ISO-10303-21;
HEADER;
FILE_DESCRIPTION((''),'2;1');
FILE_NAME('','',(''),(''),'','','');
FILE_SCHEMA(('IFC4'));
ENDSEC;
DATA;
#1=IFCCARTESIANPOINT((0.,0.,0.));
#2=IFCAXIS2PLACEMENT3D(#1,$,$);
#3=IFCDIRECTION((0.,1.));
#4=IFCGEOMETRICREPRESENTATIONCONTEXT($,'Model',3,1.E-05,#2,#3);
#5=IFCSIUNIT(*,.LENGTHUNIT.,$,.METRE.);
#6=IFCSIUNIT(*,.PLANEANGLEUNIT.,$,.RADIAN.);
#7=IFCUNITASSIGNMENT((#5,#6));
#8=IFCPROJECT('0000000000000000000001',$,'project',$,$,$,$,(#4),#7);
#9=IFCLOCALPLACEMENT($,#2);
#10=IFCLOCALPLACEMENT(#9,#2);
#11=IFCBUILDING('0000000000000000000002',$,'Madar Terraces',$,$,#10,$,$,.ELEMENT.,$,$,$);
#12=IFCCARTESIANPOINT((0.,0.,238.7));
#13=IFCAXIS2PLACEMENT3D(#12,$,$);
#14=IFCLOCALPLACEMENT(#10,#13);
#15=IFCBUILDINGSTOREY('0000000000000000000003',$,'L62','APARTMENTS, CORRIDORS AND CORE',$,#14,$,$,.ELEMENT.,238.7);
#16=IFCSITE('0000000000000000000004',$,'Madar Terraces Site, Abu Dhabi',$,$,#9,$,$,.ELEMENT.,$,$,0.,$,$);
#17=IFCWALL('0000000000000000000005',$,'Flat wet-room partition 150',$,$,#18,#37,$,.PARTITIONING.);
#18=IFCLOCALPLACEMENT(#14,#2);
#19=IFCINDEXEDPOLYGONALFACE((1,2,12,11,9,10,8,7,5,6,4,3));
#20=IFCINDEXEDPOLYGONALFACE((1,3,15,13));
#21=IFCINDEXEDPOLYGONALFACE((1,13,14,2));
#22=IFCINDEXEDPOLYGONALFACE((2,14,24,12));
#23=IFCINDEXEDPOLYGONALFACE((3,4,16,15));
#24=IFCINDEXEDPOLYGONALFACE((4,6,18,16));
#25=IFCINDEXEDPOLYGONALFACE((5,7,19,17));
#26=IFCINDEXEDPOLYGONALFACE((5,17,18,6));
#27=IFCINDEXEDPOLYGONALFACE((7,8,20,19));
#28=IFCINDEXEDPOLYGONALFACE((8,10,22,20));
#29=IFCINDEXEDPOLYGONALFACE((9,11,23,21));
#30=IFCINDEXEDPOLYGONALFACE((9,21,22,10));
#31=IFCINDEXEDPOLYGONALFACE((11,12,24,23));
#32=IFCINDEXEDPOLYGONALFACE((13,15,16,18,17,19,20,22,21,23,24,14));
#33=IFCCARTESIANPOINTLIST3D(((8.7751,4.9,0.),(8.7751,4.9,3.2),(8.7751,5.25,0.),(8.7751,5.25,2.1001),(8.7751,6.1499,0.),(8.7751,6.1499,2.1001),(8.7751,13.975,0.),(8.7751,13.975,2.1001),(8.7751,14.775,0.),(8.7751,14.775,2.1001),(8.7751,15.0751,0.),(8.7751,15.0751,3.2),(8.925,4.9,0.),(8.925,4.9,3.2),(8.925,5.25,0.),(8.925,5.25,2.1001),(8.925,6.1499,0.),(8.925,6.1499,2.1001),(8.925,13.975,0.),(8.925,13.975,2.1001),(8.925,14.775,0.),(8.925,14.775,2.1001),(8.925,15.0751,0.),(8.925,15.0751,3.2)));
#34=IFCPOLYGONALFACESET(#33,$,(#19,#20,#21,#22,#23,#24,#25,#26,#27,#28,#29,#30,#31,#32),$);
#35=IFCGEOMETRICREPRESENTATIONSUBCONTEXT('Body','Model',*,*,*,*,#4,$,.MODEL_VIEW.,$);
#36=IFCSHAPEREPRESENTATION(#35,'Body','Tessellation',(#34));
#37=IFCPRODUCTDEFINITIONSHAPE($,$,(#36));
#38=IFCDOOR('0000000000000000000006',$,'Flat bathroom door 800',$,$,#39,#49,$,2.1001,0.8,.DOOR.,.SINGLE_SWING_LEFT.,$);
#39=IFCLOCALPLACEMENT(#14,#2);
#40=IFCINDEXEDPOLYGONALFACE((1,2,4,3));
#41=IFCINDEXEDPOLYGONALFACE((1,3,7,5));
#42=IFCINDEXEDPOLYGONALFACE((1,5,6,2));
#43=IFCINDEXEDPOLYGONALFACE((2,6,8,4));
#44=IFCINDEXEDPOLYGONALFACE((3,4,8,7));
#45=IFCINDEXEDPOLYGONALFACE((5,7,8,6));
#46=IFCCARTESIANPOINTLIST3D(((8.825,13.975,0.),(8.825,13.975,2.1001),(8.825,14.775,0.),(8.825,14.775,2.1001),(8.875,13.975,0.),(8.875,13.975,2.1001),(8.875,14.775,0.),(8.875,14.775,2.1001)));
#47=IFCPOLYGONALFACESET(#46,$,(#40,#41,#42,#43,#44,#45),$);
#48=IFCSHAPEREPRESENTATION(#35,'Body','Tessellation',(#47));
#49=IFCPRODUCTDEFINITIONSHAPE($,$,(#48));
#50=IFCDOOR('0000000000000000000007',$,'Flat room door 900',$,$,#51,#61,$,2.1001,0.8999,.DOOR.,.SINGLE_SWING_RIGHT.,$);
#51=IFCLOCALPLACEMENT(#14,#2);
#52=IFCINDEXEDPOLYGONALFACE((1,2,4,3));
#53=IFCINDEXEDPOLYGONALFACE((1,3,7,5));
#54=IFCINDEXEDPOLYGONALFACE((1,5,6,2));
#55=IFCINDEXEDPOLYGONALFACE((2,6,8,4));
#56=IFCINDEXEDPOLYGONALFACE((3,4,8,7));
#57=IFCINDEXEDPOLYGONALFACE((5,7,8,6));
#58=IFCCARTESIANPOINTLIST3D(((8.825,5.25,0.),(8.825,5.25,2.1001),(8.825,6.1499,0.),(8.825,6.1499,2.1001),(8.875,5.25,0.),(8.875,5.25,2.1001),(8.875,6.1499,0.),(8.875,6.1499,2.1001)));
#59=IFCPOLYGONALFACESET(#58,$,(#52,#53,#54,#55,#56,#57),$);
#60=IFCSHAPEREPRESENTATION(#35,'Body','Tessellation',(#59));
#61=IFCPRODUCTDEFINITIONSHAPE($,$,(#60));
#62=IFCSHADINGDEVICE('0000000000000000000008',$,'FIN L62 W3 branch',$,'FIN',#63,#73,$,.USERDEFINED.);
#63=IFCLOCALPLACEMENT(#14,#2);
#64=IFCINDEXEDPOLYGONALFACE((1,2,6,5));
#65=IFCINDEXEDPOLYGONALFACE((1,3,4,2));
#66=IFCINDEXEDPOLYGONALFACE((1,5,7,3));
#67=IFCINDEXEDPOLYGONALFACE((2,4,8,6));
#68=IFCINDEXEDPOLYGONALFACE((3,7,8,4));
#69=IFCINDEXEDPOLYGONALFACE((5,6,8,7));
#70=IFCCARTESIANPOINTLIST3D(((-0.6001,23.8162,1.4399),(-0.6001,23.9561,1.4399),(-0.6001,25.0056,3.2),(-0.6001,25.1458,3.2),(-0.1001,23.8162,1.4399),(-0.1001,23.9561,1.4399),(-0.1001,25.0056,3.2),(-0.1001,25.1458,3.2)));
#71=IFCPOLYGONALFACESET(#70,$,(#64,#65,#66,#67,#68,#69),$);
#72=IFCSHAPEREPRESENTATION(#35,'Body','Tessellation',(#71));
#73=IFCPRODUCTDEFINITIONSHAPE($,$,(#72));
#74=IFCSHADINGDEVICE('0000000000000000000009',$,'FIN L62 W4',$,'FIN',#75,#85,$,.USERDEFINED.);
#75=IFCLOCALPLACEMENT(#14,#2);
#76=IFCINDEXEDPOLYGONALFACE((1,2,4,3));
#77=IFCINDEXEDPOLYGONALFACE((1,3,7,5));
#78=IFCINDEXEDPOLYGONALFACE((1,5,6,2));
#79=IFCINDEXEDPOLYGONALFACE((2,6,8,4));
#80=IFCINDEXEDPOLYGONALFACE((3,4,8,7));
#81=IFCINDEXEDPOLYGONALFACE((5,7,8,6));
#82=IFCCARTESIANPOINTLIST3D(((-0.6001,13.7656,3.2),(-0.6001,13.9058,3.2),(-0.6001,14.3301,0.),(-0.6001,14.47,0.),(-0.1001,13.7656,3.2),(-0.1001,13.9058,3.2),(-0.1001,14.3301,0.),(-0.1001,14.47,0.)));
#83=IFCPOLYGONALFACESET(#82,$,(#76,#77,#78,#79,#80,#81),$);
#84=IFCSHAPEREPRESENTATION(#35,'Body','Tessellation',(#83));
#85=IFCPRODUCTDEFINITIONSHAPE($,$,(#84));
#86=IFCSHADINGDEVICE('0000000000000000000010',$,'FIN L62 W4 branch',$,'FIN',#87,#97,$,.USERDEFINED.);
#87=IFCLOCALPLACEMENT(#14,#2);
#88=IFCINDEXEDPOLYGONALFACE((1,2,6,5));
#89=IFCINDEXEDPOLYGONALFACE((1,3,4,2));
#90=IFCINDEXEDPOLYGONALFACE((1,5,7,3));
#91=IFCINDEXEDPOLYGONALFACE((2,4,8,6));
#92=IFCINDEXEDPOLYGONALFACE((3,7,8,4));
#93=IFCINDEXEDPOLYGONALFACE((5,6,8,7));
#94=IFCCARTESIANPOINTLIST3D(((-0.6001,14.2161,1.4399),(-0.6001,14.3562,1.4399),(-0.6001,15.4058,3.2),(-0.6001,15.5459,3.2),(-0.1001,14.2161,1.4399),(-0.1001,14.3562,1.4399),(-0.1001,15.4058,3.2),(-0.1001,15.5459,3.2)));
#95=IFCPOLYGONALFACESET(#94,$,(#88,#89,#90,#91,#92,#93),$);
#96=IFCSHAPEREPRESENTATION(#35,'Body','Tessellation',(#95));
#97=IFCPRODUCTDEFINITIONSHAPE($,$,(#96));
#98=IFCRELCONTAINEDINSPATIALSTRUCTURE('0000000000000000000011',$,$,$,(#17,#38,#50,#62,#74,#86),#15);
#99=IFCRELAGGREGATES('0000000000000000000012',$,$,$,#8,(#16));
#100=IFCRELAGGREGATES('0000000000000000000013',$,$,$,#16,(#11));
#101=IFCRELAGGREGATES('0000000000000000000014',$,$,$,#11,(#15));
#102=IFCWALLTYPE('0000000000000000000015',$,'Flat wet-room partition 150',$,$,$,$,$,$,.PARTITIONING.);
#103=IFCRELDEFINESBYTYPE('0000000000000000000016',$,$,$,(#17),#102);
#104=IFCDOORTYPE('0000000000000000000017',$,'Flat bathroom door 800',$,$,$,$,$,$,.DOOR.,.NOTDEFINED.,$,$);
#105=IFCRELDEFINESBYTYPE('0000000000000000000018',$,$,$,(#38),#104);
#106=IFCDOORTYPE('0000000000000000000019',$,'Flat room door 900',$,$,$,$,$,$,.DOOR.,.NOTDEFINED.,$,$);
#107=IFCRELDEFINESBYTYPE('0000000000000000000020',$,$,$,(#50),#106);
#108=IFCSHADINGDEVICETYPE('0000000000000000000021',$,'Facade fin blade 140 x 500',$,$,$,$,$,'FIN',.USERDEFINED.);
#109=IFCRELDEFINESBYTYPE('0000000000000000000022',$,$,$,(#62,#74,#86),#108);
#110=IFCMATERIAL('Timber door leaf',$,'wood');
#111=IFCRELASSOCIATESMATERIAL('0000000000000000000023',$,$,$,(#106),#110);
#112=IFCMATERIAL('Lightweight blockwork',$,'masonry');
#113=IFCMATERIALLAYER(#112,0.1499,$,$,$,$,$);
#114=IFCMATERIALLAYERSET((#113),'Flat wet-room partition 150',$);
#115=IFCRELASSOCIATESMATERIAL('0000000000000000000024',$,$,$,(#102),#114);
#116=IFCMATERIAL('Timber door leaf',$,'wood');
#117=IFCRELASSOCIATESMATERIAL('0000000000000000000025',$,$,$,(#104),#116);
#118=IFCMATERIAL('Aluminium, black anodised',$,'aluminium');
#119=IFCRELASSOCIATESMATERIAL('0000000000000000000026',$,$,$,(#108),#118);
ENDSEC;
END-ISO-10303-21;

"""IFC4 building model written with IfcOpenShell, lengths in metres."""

from ifc_helpers import new_model, si_unit, direction, frame, frame_2d, origin, place, context, subcontext, project, spatial, polyline, rectangle, outline, extrude, material, layer, layer_set, type_object, element, fill, save


model = new_model("IFC4")

# Units and contexts
model_context = context("Model", 3, precision=1e-05, world=origin(), true_north=direction((0.0, 1.0)))
body_context = subcontext(model_context, "Body", "Model", "MODEL_VIEW")
ifc_project = project(units=[si_unit("LENGTHUNIT", "METRE"), si_unit("PLANEANGLEUNIT", "RADIAN")], contexts=[model_context])

# Site, building, storey
site_placement = place(None, origin())
site = spatial("IfcSite", under=ifc_project, at=site_placement, Name="Madar Terraces Site, Abu Dhabi", CompositionType="ELEMENT", RefElevation=0.0)
building_placement = place(site_placement, origin())
building = spatial("IfcBuilding", under=site, at=building_placement, Name="Madar Terraces", CompositionType="ELEMENT")
storey_placement = place(building_placement, frame((0.0, 0.0, 238.7)))
storey = spatial("IfcBuildingStorey", under=building, at=storey_placement, Name="L62", Description="APARTMENTS, CORRIDORS AND CORE", CompositionType="ELEMENT", Elevation=238.7)

# Shared definitions
ifc_material_1 = material(Name="Timber door leaf", Category="wood")
door_type_1 = type_object("IfcDoorType", Name="Flat room door 900", OperationType="NOTDEFINED", PredefinedType="DOOR", material=ifc_material_1)

# Shared definitions
ifc_material_2 = material(Name="Lightweight blockwork", Category="masonry")
ifc_layer_1 = layer(ifc_material_2, 0.1499)
ifc_layer_set_1 = layer_set([ifc_layer_1], Name="Flat wet-room partition 150")
wall_type_1 = type_object("IfcWallType", Name="Flat wet-room partition 150", PredefinedType="PARTITIONING", material=ifc_layer_set_1)

# Wall, openings, doors
wall_1_placement = place(storey_placement, frame((8.8501, 15.075, 0.0), z_axis=(0.0, 0.0, 1.0), x_axis=(0.0, -1.0, 0.0)))
wall_1 = element("IfcWall", 1, at=wall_1_placement, inside=storey, type_object=wall_type_1, Name="Flat wet-room partition 150", PredefinedType="PARTITIONING", context=body_context, shape_type="SweptSolid", body=[
    extrude(rectangle(XDim=10.175, YDim=0.1499, at=frame_2d((5.0874, 0.0))), origin(), (0.0, 0.0, 1.0), 3.2),
])
opening_1_placement = place(wall_1_placement, frame((0.3, 0.0, 0.0)))
opening_1 = element("IfcOpeningElement", 2, at=opening_1_placement, cuts=wall_1, PredefinedType="OPENING", context=body_context, shape_type="SweptSolid", body=[
    extrude(rectangle(XDim=0.8, YDim=2.1001, at=frame_2d((0.3999, 1.05))), frame((0.0, 0.085, 0.0), z_axis=(0.0, -1.0, 0.0), x_axis=(1.0, 0.0, 0.0)), (0.0, 0.0, 1.0), 0.1699),
])
opening_2_placement = place(wall_1_placement, frame((8.925, 0.0, 0.0)))
opening_2 = element("IfcOpeningElement", 3, at=opening_2_placement, cuts=wall_1, PredefinedType="OPENING", context=body_context, shape_type="SweptSolid", body=[
    extrude(rectangle(XDim=0.8999, YDim=2.1001, at=frame_2d((0.45, 1.05))), frame((0.0, 0.085, 0.0), z_axis=(0.0, -1.0, 0.0), x_axis=(1.0, 0.0, 0.0)), (0.0, 0.0, 1.0), 0.1699),
])
ifc_material_3 = material(Name="Timber door leaf", Category="wood")
door_type_2 = type_object("IfcDoorType", Name="Flat bathroom door 800", OperationType="NOTDEFINED", PredefinedType="DOOR", material=ifc_material_3)
door_1_placement = place(opening_1_placement, origin())
door_1 = element("IfcDoor", 4, at=door_1_placement, inside=storey, type_object=door_type_2, Name="Flat bathroom door 800", OperationType="SINGLE_SWING_LEFT", OverallHeight=2.1001, OverallWidth=0.8, PredefinedType="DOOR", context=body_context, shape_type="SweptSolid", body=[
    extrude(rectangle(XDim=0.8, YDim=2.1001, at=frame_2d((0.3999, 1.05))), frame((0.0, 0.0249, 0.0), z_axis=(0.0, -1.0, 0.0), x_axis=(1.0, 0.0, 0.0)), (0.0, 0.0, 1.0), 0.05),
])
fill(opening_1, door_1)
door_2_placement = place(opening_2_placement, origin())
door_2 = element("IfcDoor", 5, at=door_2_placement, inside=storey, type_object=door_type_1, Name="Flat room door 900", OperationType="SINGLE_SWING_RIGHT", OverallHeight=2.1001, OverallWidth=0.8999, PredefinedType="DOOR", context=body_context, shape_type="SweptSolid", body=[
    extrude(rectangle(XDim=0.8999, YDim=2.1001, at=frame_2d((0.45, 1.05))), frame((0.0, 0.0249, 0.0), z_axis=(0.0, -1.0, 0.0), x_axis=(1.0, 0.0, 0.0)), (0.0, 0.0, 1.0), 0.05),
])
fill(opening_2, door_2)

# Shading devices
ifc_material_4 = material(Name="Aluminium, black anodised", Category="aluminium")
shading_device_type = type_object("IfcShadingDeviceType", Name="Facade fin blade 140 x 500", ElementType="FIN", PredefinedType="USERDEFINED", material=ifc_material_4)
shading_device_1_placement = place(storey_placement, frame((-0.3501, 23.9561, 1.4399), z_axis=(0.0, 0.0, 1.0), x_axis=(0.0, -1.0, 0.0)))
element("IfcShadingDevice", 6, at=shading_device_1_placement, inside=storey, type_object=shading_device_type, Name="FIN L62 W3 branch", ObjectType="FIN", PredefinedType="USERDEFINED", context=body_context, shape_type="SweptSolid", body=[
    extrude(outline(polyline([(0.0, 0.0), (0.1399, 0.0), (-1.0496, 1.76), (-1.1897, 1.76), (0.0, 0.0)])), frame((0.0, 0.25, 0.0), z_axis=(0.0, -1.0, 0.0), x_axis=(1.0, 0.0, 0.0)), (0.0, 0.0, 1.0), 0.5),
])
shading_device_2_placement = place(storey_placement, frame((-0.3501, 14.47, 0.0), z_axis=(0.0, 0.0, 1.0), x_axis=(0.0, -1.0, 0.0)))
element("IfcShadingDevice", 7, at=shading_device_2_placement, inside=storey, type_object=shading_device_type, Name="FIN L62 W4", ObjectType="FIN", PredefinedType="USERDEFINED", context=body_context, shape_type="SweptSolid", body=[
    extrude(outline(polyline([(0.0, 0.0), (0.1399, 0.0), (0.7043, 3.2), (0.5642, 3.2), (0.0, 0.0)])), frame((0.0, 0.25, 0.0), z_axis=(0.0, -1.0, 0.0), x_axis=(1.0, 0.0, 0.0)), (0.0, 0.0, 1.0), 0.5),
])
shading_device_3_placement = place(storey_placement, frame((-0.3501, 14.3562, 1.4399), z_axis=(0.0, 0.0, 1.0), x_axis=(0.0, -1.0, 0.0)))
element("IfcShadingDevice", 8, at=shading_device_3_placement, inside=storey, type_object=shading_device_type, Name="FIN L62 W4 branch", ObjectType="FIN", PredefinedType="USERDEFINED", context=body_context, shape_type="SweptSolid", body=[
    extrude(outline(polyline([(0.0, 0.0), (0.1401, 0.0), (-1.0496, 1.76), (-1.1897, 1.76), (0.0, 0.0)])), frame((0.0, 0.25, 0.0), z_axis=(0.0, -1.0, 0.0), x_axis=(1.0, 0.0, 0.0)), (0.0, 0.0, 1.0), 0.5),
])

save(model, "model.ifc")
